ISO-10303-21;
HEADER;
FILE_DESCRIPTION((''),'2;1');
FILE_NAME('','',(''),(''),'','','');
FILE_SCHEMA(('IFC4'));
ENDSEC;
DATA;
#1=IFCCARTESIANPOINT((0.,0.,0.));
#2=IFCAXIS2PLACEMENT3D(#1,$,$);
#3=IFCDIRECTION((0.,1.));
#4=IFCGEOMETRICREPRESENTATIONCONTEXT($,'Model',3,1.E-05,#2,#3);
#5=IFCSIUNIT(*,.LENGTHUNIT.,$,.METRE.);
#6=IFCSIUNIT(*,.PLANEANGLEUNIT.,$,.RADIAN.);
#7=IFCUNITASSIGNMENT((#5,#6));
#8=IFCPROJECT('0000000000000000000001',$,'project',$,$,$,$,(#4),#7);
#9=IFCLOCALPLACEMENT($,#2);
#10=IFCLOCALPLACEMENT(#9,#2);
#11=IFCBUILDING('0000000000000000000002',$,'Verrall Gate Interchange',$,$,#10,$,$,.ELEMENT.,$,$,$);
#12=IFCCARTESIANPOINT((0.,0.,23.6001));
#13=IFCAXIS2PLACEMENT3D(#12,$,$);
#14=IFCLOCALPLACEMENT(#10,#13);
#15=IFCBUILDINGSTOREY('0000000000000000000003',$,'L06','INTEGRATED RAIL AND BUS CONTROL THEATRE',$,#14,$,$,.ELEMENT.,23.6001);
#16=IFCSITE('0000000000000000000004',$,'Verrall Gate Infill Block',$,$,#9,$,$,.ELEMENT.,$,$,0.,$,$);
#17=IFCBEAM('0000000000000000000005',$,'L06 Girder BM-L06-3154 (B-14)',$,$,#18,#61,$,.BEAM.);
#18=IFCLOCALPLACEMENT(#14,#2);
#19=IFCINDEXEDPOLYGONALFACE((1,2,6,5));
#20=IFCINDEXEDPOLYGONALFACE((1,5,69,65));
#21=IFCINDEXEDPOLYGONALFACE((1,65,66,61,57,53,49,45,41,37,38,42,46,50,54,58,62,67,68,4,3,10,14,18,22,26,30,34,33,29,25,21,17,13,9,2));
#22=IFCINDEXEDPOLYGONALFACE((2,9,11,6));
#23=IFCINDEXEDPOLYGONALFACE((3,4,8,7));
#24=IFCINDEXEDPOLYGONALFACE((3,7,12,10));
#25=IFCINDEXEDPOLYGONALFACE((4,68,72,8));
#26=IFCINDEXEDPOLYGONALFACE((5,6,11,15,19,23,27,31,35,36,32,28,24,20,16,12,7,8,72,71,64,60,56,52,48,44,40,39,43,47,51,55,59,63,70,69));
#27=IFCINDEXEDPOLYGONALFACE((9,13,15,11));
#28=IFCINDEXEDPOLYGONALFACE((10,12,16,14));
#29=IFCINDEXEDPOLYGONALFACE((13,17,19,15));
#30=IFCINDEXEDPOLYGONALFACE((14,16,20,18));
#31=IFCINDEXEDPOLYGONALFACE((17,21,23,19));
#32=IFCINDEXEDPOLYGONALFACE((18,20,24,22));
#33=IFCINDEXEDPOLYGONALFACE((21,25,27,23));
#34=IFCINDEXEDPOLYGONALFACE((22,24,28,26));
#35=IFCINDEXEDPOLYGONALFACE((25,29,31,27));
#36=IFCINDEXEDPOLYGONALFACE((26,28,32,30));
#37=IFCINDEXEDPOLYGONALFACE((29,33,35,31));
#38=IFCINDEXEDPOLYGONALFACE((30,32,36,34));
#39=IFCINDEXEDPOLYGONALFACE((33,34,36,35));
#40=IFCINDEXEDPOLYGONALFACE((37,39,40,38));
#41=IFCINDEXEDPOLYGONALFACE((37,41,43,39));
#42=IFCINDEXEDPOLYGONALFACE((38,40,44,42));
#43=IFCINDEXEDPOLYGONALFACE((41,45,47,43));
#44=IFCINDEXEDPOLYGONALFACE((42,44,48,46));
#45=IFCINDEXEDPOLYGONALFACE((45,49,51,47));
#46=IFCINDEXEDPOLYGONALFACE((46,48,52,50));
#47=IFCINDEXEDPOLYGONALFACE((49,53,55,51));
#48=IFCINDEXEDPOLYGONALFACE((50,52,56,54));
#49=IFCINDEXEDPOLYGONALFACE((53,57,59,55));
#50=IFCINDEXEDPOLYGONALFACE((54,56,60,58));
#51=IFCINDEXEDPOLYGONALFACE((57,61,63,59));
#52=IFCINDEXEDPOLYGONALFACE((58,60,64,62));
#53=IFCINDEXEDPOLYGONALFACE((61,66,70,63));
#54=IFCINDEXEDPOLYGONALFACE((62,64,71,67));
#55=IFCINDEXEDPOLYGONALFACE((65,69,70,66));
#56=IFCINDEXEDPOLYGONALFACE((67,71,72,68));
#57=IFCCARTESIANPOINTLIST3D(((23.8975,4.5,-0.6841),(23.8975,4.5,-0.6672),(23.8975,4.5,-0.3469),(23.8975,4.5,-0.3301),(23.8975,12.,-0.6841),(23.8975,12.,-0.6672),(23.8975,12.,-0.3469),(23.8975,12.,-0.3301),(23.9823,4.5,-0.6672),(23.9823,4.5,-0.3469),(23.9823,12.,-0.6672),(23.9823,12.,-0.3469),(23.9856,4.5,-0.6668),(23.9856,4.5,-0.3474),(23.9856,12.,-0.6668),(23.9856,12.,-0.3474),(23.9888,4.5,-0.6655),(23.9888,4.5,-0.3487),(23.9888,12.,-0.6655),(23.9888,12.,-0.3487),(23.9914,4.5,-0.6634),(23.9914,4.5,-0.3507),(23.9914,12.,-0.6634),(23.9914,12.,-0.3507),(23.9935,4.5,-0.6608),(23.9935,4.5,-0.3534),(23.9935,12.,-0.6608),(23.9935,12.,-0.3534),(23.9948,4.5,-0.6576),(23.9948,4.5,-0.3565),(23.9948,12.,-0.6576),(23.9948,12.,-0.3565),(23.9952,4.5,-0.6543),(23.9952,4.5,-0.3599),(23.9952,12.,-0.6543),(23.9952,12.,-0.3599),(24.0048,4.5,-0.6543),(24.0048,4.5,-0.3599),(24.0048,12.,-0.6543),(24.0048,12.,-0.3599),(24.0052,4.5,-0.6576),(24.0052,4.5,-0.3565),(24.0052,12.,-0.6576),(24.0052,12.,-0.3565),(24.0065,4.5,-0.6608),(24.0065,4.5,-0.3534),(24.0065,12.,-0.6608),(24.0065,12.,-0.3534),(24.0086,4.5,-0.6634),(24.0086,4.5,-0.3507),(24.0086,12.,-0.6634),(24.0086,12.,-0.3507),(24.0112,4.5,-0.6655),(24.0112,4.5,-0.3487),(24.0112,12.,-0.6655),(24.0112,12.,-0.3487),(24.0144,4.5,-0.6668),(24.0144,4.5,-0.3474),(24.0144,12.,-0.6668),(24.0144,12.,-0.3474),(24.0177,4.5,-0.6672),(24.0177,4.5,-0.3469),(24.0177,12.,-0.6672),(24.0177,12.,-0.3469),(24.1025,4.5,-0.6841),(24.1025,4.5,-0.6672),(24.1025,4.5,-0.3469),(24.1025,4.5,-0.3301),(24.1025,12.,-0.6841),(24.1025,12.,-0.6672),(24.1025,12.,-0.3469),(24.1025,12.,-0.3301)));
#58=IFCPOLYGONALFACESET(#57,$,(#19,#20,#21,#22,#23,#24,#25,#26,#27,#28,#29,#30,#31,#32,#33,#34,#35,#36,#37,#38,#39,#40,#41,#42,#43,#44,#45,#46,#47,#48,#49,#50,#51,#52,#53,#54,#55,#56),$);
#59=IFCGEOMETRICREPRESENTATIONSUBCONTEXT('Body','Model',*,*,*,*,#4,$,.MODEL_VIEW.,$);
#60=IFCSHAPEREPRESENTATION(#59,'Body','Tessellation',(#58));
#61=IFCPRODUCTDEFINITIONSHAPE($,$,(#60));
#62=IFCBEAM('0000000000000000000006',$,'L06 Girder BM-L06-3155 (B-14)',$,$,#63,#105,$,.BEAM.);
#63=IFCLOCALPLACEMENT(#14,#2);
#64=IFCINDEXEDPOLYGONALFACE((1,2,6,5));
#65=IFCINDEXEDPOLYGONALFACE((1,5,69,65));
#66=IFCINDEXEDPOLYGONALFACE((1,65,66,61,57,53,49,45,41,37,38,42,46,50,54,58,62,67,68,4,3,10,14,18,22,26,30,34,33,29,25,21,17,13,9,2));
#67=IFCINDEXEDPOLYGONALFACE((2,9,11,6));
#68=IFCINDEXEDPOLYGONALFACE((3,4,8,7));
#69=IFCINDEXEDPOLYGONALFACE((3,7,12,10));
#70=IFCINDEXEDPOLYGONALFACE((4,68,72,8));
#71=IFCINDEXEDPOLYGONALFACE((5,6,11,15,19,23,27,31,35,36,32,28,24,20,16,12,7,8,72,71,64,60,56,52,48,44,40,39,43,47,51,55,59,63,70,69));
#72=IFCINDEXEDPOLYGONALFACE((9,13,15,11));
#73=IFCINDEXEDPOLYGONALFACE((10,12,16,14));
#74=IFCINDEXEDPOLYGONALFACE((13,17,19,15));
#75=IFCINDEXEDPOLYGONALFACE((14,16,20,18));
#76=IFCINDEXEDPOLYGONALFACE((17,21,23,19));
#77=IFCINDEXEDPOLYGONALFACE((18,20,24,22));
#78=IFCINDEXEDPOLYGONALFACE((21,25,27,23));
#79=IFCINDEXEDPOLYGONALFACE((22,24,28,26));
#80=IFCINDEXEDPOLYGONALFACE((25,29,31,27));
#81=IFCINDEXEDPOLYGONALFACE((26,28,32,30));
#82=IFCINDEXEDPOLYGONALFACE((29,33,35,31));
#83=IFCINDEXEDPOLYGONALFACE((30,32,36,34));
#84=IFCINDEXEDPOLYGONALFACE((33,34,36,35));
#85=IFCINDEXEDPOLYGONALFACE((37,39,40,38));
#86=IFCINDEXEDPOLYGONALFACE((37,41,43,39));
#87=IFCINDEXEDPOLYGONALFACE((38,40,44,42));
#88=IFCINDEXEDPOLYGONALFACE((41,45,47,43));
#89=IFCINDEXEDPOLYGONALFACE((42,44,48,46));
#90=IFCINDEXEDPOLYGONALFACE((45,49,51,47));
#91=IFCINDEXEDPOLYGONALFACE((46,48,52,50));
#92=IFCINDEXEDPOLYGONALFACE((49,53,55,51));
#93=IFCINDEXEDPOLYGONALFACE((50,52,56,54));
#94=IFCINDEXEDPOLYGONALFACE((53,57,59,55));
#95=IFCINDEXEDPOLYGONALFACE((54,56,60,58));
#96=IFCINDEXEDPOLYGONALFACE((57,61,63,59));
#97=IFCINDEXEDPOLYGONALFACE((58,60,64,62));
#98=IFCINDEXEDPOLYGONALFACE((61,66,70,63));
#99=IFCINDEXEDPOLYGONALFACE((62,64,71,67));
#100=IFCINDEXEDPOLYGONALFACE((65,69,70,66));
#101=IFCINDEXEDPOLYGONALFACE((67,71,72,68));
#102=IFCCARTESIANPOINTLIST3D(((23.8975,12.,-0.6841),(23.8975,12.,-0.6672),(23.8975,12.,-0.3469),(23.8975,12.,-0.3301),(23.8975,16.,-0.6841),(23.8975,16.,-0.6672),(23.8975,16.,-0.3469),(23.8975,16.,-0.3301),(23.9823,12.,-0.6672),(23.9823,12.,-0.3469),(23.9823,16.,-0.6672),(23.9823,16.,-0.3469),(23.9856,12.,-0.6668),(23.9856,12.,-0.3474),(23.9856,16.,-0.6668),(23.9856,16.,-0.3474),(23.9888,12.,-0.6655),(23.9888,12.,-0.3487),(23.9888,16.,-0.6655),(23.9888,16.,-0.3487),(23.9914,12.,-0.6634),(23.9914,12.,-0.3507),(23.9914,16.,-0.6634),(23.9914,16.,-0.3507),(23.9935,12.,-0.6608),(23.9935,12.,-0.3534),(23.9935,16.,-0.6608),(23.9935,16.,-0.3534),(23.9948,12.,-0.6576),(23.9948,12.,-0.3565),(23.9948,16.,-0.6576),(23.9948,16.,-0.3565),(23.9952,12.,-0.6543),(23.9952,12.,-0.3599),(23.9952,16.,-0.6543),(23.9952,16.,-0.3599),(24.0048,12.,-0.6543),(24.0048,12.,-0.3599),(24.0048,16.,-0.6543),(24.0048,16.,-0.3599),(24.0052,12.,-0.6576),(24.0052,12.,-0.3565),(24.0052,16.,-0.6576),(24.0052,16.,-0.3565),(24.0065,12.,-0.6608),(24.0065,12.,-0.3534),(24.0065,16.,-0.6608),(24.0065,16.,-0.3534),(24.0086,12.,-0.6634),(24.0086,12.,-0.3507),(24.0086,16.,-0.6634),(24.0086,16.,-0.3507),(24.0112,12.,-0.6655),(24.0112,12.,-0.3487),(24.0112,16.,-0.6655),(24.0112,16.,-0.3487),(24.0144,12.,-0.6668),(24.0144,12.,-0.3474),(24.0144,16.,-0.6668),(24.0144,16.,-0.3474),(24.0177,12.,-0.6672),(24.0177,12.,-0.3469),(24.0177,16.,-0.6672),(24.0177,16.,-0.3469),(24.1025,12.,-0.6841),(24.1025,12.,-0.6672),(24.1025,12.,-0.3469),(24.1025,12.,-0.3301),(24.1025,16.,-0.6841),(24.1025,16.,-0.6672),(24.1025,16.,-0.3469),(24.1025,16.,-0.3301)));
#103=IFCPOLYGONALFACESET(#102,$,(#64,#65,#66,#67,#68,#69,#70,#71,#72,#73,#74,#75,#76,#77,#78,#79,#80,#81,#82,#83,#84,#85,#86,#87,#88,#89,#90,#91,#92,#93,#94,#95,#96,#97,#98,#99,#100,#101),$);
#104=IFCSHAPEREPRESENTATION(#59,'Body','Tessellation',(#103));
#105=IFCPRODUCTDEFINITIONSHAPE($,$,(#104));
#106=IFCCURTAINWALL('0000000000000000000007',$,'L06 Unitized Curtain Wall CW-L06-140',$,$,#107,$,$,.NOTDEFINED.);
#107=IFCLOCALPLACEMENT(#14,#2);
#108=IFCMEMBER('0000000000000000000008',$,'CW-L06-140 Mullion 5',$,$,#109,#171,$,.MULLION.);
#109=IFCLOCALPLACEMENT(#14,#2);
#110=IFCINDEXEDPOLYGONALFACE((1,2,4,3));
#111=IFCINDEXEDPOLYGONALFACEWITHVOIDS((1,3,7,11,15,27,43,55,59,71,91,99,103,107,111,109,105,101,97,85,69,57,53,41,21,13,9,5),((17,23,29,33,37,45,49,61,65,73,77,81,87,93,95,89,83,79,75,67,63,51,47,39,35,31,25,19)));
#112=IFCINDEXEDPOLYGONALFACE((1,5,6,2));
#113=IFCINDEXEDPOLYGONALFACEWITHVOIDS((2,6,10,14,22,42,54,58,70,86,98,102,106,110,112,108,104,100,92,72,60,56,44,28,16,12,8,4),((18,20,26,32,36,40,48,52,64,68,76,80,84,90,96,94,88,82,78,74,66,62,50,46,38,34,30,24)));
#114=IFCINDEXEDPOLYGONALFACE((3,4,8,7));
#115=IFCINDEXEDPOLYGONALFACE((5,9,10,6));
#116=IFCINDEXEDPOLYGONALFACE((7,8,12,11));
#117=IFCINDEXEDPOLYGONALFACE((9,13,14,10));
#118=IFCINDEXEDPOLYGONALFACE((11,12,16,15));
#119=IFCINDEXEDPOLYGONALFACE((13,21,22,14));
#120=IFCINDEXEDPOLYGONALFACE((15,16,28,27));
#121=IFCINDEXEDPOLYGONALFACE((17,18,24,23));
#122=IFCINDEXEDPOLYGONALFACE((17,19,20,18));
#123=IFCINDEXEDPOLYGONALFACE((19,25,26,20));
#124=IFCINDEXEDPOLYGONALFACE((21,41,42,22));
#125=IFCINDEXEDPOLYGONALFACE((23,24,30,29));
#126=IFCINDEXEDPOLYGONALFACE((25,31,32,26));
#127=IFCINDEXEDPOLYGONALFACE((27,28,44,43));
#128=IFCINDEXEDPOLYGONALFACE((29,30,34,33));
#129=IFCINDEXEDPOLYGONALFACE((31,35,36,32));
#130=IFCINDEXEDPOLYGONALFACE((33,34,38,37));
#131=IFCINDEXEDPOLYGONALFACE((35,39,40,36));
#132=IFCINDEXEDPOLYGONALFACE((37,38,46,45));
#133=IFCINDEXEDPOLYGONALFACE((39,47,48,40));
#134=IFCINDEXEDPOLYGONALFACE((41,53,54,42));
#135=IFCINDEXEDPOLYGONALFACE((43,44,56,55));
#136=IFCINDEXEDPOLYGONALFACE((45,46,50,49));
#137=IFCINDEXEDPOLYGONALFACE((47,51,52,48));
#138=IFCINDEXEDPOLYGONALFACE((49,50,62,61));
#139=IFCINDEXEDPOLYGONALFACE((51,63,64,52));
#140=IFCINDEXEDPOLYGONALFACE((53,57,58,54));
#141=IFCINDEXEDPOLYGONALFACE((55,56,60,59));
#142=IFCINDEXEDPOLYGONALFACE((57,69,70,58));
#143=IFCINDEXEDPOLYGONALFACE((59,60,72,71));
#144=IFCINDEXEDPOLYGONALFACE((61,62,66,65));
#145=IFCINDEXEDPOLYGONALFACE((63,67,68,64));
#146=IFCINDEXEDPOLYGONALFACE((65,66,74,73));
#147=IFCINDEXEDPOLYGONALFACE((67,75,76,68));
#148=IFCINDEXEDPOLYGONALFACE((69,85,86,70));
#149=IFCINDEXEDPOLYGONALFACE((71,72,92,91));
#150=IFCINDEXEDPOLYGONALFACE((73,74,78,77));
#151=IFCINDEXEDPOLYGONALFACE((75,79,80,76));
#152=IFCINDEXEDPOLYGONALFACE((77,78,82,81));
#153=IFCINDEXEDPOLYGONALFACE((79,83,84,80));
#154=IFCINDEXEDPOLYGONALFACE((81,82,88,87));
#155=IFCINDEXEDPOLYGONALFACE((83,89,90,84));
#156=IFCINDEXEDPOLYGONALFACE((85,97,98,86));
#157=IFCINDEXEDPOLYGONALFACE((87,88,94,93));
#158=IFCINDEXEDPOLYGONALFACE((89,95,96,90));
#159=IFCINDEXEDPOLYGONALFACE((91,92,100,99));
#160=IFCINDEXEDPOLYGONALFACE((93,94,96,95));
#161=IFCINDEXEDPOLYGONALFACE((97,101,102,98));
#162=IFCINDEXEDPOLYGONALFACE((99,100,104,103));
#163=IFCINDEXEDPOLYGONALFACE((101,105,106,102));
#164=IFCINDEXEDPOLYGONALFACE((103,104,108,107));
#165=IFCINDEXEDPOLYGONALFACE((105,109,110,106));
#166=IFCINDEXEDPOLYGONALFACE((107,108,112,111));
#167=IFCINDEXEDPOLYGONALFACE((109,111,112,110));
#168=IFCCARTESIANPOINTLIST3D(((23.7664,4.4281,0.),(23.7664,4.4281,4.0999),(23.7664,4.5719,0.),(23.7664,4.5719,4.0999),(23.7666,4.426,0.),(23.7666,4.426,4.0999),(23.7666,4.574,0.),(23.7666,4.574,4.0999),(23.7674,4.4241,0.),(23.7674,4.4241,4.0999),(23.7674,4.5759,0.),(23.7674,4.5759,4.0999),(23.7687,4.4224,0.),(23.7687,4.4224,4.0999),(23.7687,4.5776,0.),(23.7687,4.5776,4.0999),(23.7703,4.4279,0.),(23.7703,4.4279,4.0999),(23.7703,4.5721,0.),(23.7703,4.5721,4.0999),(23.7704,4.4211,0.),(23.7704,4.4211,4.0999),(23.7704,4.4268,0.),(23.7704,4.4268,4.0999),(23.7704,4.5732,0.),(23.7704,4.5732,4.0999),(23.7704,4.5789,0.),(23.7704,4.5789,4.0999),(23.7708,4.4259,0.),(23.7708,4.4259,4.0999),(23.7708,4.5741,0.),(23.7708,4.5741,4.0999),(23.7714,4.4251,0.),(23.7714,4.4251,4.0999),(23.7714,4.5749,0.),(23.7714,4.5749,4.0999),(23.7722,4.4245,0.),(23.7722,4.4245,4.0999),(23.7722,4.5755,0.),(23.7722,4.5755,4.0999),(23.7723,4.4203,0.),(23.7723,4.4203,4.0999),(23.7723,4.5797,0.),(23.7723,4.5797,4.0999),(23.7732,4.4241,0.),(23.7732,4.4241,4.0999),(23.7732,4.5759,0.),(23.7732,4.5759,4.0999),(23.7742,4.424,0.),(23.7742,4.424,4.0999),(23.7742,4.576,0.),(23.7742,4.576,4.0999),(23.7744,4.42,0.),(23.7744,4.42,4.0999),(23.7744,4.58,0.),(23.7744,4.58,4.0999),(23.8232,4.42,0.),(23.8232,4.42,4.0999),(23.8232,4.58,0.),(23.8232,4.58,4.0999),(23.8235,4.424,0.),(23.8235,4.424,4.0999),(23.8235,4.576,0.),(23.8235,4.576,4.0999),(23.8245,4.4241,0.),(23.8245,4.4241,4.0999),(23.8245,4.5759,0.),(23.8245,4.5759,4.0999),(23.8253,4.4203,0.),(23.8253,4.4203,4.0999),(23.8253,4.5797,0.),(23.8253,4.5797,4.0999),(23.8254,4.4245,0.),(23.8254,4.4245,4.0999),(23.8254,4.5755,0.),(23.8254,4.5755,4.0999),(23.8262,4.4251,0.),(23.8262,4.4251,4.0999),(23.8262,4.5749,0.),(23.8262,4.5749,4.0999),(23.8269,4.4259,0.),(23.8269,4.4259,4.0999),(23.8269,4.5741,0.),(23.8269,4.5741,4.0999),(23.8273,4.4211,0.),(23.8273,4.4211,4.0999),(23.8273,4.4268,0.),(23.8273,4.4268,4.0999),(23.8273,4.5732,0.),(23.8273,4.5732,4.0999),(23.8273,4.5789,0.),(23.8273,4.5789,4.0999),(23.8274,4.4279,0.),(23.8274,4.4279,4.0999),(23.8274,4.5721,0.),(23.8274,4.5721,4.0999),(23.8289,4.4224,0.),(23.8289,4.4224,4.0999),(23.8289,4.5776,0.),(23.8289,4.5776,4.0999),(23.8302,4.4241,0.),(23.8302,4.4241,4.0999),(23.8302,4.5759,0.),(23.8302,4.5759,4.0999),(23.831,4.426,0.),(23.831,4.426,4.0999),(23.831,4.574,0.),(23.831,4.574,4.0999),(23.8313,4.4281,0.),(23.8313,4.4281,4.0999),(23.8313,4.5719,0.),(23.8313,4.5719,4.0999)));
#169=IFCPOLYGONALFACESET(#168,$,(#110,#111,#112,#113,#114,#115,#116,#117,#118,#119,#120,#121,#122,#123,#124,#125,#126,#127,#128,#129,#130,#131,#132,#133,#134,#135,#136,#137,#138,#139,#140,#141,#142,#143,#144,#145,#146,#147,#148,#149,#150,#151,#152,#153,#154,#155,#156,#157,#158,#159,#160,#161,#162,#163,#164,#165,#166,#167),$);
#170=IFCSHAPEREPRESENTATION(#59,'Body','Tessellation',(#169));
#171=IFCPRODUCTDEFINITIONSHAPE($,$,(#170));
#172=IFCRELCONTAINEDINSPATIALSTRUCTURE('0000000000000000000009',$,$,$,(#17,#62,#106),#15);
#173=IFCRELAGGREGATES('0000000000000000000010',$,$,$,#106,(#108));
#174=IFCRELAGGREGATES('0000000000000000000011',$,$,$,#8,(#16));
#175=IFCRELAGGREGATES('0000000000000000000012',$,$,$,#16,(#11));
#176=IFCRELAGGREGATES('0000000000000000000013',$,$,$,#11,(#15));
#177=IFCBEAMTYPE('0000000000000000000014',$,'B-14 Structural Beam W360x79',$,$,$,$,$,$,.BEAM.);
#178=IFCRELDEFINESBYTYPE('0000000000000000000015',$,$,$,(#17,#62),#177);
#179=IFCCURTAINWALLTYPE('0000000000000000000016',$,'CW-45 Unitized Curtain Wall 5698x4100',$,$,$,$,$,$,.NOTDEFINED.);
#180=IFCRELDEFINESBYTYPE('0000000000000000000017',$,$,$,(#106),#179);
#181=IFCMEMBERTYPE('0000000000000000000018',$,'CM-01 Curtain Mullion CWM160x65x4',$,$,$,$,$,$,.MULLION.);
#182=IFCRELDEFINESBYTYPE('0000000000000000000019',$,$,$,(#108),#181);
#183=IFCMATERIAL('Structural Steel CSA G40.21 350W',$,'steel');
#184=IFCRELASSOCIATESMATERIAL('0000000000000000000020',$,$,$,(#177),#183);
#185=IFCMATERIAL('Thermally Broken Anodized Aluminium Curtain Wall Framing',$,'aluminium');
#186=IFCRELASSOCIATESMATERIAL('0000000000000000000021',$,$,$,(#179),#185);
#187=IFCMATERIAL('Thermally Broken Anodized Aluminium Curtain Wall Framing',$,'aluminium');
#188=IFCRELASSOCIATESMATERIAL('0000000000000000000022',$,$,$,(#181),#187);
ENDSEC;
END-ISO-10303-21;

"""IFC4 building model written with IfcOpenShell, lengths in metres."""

from ifc_helpers import new_model, si_unit, direction, frame, origin, origin_2d, place, context, subcontext, project, spatial, hollow_rectangle, i_section, extrude, material, material_profile, profile_set, type_object, element, aggregate, save


model = new_model("IFC4")

# Units and contexts
model_context = context("Model", 3, precision=1e-05, world=origin(), true_north=direction((0.0, 1.0)))
body_context = subcontext(model_context, "Body", "Model", "MODEL_VIEW")
ifc_project = project(units=[si_unit("LENGTHUNIT", "METRE"), si_unit("PLANEANGLEUNIT", "RADIAN")], contexts=[model_context])

# Site, building, storey
site_placement = place(None, origin())
site = spatial("IfcSite", under=ifc_project, at=site_placement, Name="Verrall Gate Infill Block", CompositionType="ELEMENT", RefElevation=0.0)
building_placement = place(site_placement, origin())
building = spatial("IfcBuilding", under=site, at=building_placement, Name="Verrall Gate Interchange", CompositionType="ELEMENT")
storey_placement = place(building_placement, frame((0.0, 0.0, 23.6001)))
storey = spatial("IfcBuildingStorey", under=building, at=storey_placement, Name="L06", Description="INTEGRATED RAIL AND BUS CONTROL THEATRE", CompositionType="ELEMENT", Elevation=23.6001)

# Beams
ifc_material_1 = material(Name="Structural Steel CSA G40.21 350W", Category="steel")
ifc_material_profile_1 = material_profile(ifc_material_1, i_section(OverallWidth=0.2051, OverallDepth=0.354, WebThickness=0.0095, FlangeThickness=0.0168, FilletRadius=0.0129, at=origin_2d()), Name="W360x79")
ifc_profile_set_1 = profile_set([ifc_material_profile_1], Name="Structural Steel CSA G40.21 350W")
beam_type_1 = type_object("IfcBeamType", Name="B-14 Structural Beam W360x79", PredefinedType="BEAM", material=ifc_profile_set_1)
beam_1_placement = place(storey_placement, frame((24.0, 4.5, -0.5071), z_axis=(0.0, 1.0, 0.0), x_axis=(-1.0, 0.0, 0.0)))
element("IfcBeam", 1, at=beam_1_placement, inside=storey, type_object=beam_type_1, Name="L06 Girder BM-L06-3154 (B-14)", PredefinedType="BEAM", context=body_context, shape_type="SweptSolid", body=[
    extrude(i_section(OverallWidth=0.2051, OverallDepth=0.354, WebThickness=0.0095, FlangeThickness=0.0168, FilletRadius=0.0129, at=origin_2d()), origin(), (0.0, 0.0, 1.0), 7.5),
])
beam_2_placement = place(storey_placement, frame((24.0, 12.0, -0.5071), z_axis=(0.0, 1.0, 0.0), x_axis=(-1.0, 0.0, 0.0)))
element("IfcBeam", 2, at=beam_2_placement, inside=storey, type_object=beam_type_1, Name="L06 Girder BM-L06-3155 (B-14)", PredefinedType="BEAM", context=body_context, shape_type="SweptSolid", body=[
    extrude(i_section(OverallWidth=0.2051, OverallDepth=0.354, WebThickness=0.0095, FlangeThickness=0.0168, FilletRadius=0.0129, at=origin_2d()), origin(), (0.0, 0.0, 1.0), 4.0),
])

# Curtain wall, member
ifc_material_2 = material(Name="Thermally Broken Anodized Aluminium Curtain Wall Framing", Category="aluminium")
curtain_wall_type = type_object("IfcCurtainWallType", Name="CW-45 Unitized Curtain Wall 5698x4100", PredefinedType="NOTDEFINED", material=ifc_material_2)
curtain_wall_1_placement = place(storey_placement, origin())
curtain_wall_1 = element("IfcCurtainWall", 3, at=curtain_wall_1_placement, inside=storey, type_object=curtain_wall_type, Name="L06 Unitized Curtain Wall CW-L06-140", PredefinedType="NOTDEFINED")
ifc_material_3 = material(Name="Thermally Broken Anodized Aluminium Curtain Wall Framing", Category="aluminium")
ifc_material_profile_2 = material_profile(ifc_material_3, hollow_rectangle(XDim=0.0649, YDim=0.1599, WallThickness=0.0039, InnerFilletRadius=0.0039, OuterFilletRadius=0.0081, at=origin_2d()), Name="CWM160x65x4")
ifc_profile_set_2 = profile_set([ifc_material_profile_2], Name="Thermally Broken Anodized Aluminium Curtain Wall Framing")
member_type_1 = type_object("IfcMemberType", Name="CM-01 Curtain Mullion CWM160x65x4", PredefinedType="MULLION", material=ifc_profile_set_2)
member_1_placement = place(storey_placement, frame((23.7988, 4.5, 0.0), z_axis=(0.0, 0.0, 1.0), x_axis=(1.0, 0.0, 0.0)))
member_1 = element("IfcMember", 4, at=member_1_placement, type_object=member_type_1, Name="CW-L06-140 Mullion 5", PredefinedType="MULLION", context=body_context, shape_type="SweptSolid", body=[
    extrude(hollow_rectangle(XDim=0.0649, YDim=0.1599, WallThickness=0.0039, InnerFilletRadius=0.0039, OuterFilletRadius=0.0081, at=origin_2d()), origin(), (0.0, 0.0, 1.0), 4.0999),
])

aggregate(curtain_wall_1, [member_1])

save(model, "model.ifc")
